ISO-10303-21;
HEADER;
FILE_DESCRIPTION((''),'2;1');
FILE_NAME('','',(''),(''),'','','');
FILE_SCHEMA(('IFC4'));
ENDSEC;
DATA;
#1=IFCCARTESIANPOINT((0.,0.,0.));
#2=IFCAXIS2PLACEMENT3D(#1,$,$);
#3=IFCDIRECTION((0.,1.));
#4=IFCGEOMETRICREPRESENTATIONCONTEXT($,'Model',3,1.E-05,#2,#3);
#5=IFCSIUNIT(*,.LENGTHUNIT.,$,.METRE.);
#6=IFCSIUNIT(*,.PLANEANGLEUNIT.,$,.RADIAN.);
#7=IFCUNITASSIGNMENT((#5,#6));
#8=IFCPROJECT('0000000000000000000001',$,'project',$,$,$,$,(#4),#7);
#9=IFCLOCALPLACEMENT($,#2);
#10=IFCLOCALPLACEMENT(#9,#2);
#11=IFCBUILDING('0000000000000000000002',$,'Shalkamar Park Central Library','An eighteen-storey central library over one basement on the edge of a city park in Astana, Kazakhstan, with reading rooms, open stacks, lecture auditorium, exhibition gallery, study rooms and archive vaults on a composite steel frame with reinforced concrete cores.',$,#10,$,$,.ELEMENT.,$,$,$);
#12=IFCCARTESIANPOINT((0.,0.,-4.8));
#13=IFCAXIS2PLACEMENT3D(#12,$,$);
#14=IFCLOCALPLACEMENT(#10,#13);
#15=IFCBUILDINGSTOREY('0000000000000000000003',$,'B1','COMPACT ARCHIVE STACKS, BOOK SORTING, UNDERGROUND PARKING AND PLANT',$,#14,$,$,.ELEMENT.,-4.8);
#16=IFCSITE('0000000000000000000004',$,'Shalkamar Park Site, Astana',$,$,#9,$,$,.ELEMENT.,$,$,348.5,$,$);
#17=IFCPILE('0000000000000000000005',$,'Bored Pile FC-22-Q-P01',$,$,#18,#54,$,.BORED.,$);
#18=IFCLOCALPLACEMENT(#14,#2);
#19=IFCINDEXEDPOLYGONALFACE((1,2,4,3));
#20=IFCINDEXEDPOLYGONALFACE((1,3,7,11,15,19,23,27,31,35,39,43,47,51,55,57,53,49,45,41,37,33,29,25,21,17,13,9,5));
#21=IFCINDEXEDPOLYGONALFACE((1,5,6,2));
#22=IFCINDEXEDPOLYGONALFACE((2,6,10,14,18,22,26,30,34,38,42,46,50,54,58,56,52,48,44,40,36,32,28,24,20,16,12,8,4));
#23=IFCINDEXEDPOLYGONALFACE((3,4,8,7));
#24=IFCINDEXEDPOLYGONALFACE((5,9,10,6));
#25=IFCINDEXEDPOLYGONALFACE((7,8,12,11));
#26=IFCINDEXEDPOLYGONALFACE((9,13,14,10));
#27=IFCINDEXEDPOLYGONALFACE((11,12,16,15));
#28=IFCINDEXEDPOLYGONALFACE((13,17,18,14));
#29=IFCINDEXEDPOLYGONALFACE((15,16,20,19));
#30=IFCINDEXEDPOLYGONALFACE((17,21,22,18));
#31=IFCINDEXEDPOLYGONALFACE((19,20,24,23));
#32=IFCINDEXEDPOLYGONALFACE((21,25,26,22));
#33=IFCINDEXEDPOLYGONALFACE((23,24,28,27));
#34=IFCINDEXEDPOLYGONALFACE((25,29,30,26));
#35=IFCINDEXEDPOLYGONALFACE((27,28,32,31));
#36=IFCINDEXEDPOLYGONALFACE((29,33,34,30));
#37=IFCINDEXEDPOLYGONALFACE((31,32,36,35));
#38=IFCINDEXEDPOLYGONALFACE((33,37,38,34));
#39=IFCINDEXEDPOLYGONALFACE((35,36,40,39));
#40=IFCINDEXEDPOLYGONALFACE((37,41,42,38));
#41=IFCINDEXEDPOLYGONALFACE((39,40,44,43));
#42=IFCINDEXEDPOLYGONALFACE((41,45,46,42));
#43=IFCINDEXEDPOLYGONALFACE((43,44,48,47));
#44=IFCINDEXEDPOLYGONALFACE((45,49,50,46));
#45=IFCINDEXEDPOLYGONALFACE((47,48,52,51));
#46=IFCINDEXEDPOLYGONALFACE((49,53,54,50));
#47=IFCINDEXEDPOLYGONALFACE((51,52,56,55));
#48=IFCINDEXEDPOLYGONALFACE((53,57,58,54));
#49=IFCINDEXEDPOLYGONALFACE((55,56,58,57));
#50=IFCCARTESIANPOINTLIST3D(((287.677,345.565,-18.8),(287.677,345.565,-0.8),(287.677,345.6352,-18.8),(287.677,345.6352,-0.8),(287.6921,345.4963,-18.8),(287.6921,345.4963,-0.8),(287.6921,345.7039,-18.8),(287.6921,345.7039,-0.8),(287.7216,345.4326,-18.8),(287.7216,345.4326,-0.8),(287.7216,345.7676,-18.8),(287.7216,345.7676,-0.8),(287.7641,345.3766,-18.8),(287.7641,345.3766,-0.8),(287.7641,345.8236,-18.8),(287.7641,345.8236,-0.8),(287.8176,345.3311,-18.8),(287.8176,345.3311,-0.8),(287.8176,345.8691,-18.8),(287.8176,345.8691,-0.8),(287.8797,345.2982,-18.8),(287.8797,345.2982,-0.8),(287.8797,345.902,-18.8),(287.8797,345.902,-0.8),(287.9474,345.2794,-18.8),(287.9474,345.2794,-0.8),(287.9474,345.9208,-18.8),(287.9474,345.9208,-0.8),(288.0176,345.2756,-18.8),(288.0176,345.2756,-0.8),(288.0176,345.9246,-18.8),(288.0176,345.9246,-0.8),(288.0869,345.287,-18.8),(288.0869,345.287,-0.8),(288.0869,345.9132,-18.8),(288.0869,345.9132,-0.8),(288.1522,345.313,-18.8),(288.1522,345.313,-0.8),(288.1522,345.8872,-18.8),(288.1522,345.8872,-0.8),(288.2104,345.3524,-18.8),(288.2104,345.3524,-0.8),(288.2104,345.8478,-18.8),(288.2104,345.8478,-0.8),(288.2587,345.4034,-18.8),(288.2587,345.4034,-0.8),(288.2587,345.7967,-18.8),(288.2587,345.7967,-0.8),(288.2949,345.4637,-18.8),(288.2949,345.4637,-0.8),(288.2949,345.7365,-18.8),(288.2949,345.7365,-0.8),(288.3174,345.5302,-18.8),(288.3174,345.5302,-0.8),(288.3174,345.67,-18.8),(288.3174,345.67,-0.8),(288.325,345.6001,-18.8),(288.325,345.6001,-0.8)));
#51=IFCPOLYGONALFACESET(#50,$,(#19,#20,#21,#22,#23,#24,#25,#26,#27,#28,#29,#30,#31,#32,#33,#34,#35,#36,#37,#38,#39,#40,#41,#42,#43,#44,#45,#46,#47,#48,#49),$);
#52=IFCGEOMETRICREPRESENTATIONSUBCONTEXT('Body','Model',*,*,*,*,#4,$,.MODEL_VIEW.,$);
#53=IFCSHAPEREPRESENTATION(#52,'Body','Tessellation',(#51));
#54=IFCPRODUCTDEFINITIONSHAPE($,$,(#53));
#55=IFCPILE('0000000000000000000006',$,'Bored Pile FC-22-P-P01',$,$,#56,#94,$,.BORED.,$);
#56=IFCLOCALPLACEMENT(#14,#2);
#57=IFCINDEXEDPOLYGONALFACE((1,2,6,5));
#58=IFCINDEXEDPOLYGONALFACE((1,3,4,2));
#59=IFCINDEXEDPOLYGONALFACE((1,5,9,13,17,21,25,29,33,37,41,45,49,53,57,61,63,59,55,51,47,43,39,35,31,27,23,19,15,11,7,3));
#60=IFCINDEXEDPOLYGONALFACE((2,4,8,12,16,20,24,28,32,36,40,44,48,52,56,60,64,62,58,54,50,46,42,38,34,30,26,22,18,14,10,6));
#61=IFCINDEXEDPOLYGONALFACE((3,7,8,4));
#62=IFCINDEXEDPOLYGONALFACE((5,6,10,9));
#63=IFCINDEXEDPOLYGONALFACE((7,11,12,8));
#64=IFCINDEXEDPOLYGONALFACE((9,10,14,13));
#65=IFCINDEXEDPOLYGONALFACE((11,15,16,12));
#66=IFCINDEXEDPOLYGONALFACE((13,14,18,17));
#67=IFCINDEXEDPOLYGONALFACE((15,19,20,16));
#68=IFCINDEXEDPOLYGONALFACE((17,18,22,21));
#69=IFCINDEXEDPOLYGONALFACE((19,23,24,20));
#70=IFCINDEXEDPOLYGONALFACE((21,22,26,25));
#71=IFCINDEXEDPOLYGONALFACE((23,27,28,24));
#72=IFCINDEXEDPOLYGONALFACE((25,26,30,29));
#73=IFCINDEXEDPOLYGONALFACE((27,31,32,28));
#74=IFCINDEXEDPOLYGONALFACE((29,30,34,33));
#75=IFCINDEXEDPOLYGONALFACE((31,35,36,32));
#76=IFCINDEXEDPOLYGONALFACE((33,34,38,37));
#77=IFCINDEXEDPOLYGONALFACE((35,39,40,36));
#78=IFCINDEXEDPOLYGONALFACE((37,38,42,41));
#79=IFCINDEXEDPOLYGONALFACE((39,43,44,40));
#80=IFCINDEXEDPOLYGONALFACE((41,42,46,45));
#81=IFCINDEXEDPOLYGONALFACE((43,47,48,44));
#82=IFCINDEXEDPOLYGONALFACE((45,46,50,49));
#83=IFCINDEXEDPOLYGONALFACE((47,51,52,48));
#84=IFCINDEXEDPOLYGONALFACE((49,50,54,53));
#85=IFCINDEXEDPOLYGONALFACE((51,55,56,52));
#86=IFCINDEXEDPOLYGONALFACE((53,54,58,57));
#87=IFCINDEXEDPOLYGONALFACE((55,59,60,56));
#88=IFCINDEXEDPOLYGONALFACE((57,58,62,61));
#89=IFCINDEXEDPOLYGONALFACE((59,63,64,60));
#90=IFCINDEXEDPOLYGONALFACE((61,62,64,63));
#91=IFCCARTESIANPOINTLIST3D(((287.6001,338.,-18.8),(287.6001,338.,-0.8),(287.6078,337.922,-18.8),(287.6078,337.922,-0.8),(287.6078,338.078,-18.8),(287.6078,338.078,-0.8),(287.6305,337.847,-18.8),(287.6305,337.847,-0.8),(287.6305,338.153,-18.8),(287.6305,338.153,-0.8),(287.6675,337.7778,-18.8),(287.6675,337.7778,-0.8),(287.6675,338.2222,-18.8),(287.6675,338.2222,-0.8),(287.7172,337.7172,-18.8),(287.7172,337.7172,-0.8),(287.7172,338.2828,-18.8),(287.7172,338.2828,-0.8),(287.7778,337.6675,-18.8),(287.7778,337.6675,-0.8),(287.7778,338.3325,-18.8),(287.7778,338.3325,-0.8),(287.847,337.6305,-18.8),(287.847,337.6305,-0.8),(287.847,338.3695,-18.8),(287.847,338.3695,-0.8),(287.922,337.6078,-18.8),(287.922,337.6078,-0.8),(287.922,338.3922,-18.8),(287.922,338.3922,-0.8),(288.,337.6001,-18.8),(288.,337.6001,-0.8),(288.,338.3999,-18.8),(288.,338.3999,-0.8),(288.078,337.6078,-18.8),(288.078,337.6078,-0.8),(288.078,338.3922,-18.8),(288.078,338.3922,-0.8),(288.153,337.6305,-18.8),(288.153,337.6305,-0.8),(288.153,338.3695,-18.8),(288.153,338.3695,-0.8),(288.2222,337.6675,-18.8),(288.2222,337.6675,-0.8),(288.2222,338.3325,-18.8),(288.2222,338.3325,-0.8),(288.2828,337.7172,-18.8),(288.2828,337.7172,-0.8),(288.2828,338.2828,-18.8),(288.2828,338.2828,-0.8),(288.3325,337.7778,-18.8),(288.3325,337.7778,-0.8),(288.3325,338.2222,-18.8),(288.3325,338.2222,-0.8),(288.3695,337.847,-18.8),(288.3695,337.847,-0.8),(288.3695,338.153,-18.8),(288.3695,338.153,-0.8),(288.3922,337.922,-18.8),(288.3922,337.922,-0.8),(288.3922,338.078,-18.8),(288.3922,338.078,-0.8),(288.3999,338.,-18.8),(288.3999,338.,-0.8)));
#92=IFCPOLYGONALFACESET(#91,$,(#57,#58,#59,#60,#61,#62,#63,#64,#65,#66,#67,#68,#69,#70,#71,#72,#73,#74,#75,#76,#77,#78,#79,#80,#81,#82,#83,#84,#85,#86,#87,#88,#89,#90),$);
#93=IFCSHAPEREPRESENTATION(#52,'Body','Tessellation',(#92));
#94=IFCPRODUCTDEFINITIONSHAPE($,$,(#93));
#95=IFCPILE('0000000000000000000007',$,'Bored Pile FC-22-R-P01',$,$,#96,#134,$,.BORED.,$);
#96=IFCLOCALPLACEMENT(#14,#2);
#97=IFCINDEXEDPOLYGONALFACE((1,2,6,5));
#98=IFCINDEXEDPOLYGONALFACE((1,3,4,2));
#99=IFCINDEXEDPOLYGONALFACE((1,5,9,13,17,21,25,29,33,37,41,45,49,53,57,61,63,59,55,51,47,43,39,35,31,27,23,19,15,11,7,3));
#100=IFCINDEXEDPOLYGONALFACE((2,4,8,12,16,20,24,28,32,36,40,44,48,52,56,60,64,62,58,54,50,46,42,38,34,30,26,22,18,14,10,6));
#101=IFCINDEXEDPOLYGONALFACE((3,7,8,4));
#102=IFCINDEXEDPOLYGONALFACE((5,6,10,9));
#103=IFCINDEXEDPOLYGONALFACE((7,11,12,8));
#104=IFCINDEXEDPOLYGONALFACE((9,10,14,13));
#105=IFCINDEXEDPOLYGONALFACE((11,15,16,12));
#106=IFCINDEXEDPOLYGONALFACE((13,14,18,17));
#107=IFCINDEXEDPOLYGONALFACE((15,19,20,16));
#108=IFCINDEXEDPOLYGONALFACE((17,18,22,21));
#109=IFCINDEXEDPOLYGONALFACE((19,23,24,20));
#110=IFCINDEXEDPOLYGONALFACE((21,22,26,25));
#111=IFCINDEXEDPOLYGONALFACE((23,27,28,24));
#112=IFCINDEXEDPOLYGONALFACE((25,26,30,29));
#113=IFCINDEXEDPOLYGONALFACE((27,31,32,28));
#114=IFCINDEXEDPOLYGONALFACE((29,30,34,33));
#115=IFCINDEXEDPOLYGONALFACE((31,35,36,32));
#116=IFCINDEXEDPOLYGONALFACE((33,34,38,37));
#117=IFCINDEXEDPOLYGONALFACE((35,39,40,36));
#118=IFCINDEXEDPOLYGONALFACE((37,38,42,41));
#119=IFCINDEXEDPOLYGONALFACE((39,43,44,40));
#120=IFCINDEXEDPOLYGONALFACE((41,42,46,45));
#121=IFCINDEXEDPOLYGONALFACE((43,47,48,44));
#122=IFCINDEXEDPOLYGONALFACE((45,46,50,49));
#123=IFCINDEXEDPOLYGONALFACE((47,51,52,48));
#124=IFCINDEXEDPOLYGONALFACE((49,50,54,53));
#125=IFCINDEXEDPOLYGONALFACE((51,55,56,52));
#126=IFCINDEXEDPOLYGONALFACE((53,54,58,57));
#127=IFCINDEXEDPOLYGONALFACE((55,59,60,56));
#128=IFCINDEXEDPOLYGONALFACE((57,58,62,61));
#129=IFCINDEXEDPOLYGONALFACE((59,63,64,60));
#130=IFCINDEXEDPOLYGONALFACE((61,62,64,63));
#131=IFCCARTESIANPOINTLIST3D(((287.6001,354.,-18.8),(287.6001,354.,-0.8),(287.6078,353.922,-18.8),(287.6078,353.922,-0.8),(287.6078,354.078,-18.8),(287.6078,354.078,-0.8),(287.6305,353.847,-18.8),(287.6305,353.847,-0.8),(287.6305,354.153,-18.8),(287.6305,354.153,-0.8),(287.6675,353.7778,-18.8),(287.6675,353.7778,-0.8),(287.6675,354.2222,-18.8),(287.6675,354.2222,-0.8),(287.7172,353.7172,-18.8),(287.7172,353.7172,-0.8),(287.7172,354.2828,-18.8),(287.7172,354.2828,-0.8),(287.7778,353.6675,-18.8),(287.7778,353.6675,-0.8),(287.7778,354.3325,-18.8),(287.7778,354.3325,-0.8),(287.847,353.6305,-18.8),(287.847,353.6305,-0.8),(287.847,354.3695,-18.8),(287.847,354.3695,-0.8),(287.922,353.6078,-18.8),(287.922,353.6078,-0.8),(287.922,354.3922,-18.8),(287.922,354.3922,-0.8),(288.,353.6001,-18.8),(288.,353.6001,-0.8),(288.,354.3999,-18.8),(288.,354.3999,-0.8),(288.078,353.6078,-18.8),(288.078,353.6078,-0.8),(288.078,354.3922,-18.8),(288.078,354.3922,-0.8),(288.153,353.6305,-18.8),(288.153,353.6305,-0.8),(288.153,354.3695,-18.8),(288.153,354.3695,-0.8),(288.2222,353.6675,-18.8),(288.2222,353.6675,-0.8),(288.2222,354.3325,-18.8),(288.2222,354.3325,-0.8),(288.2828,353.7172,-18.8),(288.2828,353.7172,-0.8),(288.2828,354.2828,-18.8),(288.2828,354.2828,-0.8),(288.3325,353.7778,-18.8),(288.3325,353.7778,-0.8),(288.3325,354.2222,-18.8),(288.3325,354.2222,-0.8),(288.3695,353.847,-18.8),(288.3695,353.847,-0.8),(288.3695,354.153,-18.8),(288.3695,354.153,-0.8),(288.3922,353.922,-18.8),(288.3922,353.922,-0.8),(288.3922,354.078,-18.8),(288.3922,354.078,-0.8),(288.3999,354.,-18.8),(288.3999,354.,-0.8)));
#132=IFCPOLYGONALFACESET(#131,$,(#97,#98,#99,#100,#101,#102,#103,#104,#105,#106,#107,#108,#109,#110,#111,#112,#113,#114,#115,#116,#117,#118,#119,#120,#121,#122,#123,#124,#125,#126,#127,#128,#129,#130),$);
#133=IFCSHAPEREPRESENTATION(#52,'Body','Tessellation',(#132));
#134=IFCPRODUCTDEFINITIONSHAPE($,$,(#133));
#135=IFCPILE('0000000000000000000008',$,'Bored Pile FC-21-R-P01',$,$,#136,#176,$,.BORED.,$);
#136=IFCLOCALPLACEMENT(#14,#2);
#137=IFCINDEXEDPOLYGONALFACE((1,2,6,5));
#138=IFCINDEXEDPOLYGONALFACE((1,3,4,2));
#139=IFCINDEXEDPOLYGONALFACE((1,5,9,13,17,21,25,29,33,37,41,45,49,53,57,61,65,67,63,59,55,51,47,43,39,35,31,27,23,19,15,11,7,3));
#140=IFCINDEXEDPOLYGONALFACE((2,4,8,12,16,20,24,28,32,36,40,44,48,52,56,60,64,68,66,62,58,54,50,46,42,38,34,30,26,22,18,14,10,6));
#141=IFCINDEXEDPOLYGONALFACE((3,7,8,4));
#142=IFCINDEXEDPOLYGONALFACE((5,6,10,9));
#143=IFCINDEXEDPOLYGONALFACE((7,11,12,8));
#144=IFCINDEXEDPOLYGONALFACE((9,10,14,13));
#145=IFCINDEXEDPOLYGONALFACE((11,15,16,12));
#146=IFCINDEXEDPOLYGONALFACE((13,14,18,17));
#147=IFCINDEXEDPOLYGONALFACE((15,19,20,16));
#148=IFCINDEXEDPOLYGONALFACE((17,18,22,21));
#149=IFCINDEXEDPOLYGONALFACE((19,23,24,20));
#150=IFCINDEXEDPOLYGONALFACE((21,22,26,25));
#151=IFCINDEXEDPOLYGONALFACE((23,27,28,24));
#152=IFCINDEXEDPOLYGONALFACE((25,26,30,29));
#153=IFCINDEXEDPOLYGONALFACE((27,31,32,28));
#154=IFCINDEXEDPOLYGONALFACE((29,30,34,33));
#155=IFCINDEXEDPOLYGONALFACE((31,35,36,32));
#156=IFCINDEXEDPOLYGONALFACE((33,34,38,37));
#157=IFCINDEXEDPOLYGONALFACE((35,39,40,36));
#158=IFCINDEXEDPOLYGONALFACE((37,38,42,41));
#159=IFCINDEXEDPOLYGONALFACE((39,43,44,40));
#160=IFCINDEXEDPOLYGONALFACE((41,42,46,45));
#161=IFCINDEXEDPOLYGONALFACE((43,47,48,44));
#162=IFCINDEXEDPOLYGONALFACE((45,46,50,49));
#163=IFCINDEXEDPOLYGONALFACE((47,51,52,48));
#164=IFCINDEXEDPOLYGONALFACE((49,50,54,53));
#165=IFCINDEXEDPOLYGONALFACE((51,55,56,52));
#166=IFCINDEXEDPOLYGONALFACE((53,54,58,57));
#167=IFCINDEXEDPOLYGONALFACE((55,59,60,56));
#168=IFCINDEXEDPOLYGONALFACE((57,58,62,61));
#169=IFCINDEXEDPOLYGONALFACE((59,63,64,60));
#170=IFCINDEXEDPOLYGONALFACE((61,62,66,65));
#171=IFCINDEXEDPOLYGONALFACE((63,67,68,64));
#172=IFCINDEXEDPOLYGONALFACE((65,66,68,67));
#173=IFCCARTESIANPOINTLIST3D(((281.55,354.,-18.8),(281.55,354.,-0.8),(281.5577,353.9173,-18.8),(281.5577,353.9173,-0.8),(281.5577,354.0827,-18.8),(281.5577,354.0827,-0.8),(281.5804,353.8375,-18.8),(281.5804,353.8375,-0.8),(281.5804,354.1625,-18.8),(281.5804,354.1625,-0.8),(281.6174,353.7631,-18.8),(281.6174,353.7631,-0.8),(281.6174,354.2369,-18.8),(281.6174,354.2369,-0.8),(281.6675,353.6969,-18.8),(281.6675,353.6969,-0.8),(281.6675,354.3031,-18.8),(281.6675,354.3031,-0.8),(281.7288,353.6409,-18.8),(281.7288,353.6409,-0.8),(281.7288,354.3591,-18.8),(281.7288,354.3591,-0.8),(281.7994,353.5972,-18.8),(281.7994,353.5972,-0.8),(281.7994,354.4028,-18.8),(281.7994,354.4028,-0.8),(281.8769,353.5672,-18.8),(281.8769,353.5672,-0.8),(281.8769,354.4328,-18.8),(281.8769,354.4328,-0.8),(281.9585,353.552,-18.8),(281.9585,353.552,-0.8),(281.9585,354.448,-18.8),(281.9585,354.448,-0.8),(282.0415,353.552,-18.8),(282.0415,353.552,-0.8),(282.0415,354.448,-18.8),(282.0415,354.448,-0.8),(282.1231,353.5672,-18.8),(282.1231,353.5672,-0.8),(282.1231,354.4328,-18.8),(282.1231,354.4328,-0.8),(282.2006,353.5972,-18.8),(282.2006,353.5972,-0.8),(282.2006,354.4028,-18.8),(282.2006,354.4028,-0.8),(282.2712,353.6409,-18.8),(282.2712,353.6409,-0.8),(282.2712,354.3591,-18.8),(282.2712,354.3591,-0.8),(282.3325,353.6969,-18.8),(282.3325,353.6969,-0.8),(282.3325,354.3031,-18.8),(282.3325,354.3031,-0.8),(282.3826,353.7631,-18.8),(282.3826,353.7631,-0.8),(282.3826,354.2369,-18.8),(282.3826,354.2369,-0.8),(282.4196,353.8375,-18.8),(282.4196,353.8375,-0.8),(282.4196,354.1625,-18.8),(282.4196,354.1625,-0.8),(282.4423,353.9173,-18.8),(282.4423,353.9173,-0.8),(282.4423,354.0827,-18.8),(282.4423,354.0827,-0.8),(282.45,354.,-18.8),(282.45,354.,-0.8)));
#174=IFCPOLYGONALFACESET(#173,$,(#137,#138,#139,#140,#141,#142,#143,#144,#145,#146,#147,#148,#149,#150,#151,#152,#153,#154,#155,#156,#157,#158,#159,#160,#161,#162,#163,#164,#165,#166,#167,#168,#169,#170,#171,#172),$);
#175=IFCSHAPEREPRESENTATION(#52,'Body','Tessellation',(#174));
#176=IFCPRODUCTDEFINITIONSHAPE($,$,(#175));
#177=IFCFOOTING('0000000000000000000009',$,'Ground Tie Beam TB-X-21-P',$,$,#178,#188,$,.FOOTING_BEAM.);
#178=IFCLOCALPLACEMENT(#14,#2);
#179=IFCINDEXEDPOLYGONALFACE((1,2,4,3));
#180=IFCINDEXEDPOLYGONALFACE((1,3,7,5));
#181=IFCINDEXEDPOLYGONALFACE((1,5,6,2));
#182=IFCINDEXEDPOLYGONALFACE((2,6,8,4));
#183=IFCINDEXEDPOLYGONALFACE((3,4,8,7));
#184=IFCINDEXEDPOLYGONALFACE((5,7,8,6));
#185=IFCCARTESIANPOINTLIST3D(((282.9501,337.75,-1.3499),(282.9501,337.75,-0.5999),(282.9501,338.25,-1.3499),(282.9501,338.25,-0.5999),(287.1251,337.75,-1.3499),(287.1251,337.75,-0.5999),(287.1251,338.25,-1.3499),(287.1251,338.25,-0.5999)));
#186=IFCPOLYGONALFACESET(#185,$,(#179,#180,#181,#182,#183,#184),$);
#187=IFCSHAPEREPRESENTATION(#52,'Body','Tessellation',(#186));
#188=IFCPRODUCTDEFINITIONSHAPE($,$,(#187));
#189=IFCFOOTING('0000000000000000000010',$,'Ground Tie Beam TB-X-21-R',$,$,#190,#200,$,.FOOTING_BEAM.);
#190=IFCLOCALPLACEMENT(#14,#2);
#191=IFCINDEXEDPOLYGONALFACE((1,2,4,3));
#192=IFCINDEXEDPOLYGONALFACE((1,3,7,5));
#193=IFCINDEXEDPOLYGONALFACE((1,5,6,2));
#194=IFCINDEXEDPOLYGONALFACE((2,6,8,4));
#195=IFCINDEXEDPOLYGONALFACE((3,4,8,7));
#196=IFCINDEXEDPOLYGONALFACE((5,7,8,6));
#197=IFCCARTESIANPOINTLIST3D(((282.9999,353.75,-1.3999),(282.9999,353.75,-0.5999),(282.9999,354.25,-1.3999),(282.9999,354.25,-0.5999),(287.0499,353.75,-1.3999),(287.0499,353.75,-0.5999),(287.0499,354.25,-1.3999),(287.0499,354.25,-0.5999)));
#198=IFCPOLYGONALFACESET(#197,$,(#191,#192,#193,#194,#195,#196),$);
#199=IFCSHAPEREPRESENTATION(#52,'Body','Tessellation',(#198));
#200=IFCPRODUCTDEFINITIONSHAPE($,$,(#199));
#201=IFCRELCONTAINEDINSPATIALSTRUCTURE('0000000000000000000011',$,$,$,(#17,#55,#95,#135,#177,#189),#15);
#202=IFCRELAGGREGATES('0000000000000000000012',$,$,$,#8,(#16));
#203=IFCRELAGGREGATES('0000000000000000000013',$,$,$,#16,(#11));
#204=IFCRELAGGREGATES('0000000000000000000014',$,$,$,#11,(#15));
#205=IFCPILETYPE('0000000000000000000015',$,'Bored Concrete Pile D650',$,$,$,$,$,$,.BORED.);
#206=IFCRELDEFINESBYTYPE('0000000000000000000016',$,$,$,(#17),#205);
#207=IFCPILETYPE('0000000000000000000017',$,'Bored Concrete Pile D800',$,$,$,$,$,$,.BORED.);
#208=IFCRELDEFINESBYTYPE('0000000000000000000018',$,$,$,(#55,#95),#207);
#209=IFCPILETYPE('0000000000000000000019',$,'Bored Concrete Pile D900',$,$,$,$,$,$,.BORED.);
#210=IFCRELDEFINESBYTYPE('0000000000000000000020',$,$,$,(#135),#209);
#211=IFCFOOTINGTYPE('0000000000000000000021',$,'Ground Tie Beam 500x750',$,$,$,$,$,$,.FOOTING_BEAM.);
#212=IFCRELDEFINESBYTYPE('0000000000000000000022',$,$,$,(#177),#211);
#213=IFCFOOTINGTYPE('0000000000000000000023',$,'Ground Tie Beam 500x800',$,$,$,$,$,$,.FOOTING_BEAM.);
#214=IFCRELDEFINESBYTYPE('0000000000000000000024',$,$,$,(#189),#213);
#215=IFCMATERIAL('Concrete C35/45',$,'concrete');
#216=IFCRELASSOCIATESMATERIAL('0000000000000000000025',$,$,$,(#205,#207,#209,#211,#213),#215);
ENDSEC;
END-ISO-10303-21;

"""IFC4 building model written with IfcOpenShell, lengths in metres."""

from ifc_helpers import new_model, si_unit, direction, frame, origin, origin_2d, place, context, subcontext, project, spatial, rectangle, circle, extrude, material, material_profile, profile_set, type_object, element, save


model = new_model("IFC4")

# Units and contexts
model_context = context("Model", 3, precision=1e-05, world=origin(), true_north=direction((0.0, 1.0)))
body_context = subcontext(model_context, "Body", "Model", "MODEL_VIEW")
ifc_project = project(units=[si_unit("LENGTHUNIT", "METRE"), si_unit("PLANEANGLEUNIT", "RADIAN")], contexts=[model_context])

# Site, building, storey
site_placement = place(None, origin())
site = spatial("IfcSite", under=ifc_project, at=site_placement, Name="Shalkamar Park Site, Astana", CompositionType="ELEMENT", RefElevation=348.5)
building_placement = place(site_placement, origin())
building = spatial("IfcBuilding", under=site, at=building_placement, Name="Shalkamar Park Central Library", Description="An eighteen-storey central library over one basement on the edge of a city park in Astana, Kazakhstan, with reading rooms, open stacks, lecture auditorium, exhibition gallery, study rooms and archive vaults on a composite steel frame with reinforced concrete cores.", CompositionType="ELEMENT")
storey_placement = place(building_placement, frame((0.0, 0.0, -4.8)))
storey = spatial("IfcBuildingStorey", under=building, at=storey_placement, Name="B1", Description="COMPACT ARCHIVE STACKS, BOOK SORTING, UNDERGROUND PARKING AND PLANT", CompositionType="ELEMENT", Elevation=-4.8)

# Piles
ifc_material_1 = material(Name="Concrete C35/45", Category="concrete")
ifc_material_profile_1 = material_profile(ifc_material_1, circle(Radius=0.325, at=origin_2d()), Name="PILE D650")
ifc_profile_set_1 = profile_set([ifc_material_profile_1], Name="Concrete C35/45")
pile_type_1 = type_object("IfcPileType", Name="Bored Concrete Pile D650", PredefinedType="BORED", material=ifc_profile_set_1)
pile_1_placement = place(storey_placement, frame((288.0, 345.6001, -0.8), z_axis=(0.0, 0.0, -1.0), x_axis=(1.0, 0.0, 0.0)))
element("IfcPile", 1, at=pile_1_placement, inside=storey, type_object=pile_type_1, Name="Bored Pile FC-22-Q-P01", PredefinedType="BORED", context=body_context, shape_type="SweptSolid", body=[
    extrude(circle(Radius=0.325, at=origin_2d()), origin(), (0.0, 0.0, 1.0), 18.0),
])
ifc_material_profile_2 = material_profile(ifc_material_1, circle(Radius=0.3999, at=origin_2d()), Name="PILE D800")
ifc_profile_set_2 = profile_set([ifc_material_profile_2], Name="Concrete C35/45")
pile_type_2 = type_object("IfcPileType", Name="Bored Concrete Pile D800", PredefinedType="BORED", material=ifc_profile_set_2)
for number, where, z_axis, x_axis, name in (
    (2, (288.0, 338.0, -0.8), (0.0, 0.0, -1.0), (1.0, 0.0, 0.0), "Bored Pile FC-22-P-P01"),
    (3, (288.0, 354.0, -0.8), (0.0, 0.0, -1.0), (1.0, 0.0, 0.0), "Bored Pile FC-22-R-P01"),
):
    element("IfcPile", number, at=place(storey_placement, frame(where, z_axis=z_axis, x_axis=x_axis)), inside=storey, type_object=pile_type_2, Name=name, PredefinedType="BORED", context=body_context, shape_type="SweptSolid", body=[
        extrude(circle(Radius=0.3999, at=origin_2d()), origin(), (0.0, 0.0, 1.0), 18.0),
    ])
ifc_material_profile_3 = material_profile(ifc_material_1, circle(Radius=0.45, at=origin_2d()), Name="PILE D900")
ifc_profile_set_3 = profile_set([ifc_material_profile_3], Name="Concrete C35/45")
pile_type_3 = type_object("IfcPileType", Name="Bored Concrete Pile D900", PredefinedType="BORED", material=ifc_profile_set_3)
pile_2_placement = place(storey_placement, frame((282.0, 354.0, -0.8), z_axis=(0.0, 0.0, -1.0), x_axis=(1.0, 0.0, 0.0)))
element("IfcPile", 4, at=pile_2_placement, inside=storey, type_object=pile_type_3, Name="Bored Pile FC-21-R-P01", PredefinedType="BORED", context=body_context, shape_type="SweptSolid", body=[
    extrude(circle(Radius=0.45, at=origin_2d()), origin(), (0.0, 0.0, 1.0), 18.0),
])

# Footings
footing_type_1 = type_object("IfcFootingType", Name="Ground Tie Beam 500x750", PredefinedType="FOOTING_BEAM", material=ifc_material_1)
footing_1_placement = place(storey_placement, frame((285.0376, 338.0, -1.3499), z_axis=(0.0, 0.0, 1.0), x_axis=(1.0, 0.0, 0.0)))
element("IfcFooting", 5, at=footing_1_placement, inside=storey, type_object=footing_type_1, Name="Ground Tie Beam TB-X-21-P", PredefinedType="FOOTING_BEAM", context=body_context, shape_type="SweptSolid", body=[
    extrude(rectangle(XDim=4.175, YDim=0.5, at=origin_2d()), origin(), (0.0, 0.0, 1.0), 0.75),
])
footing_type_2 = type_object("IfcFootingType", Name="Ground Tie Beam 500x800", PredefinedType="FOOTING_BEAM", material=ifc_material_1)
footing_2_placement = place(storey_placement, frame((285.0249, 354.0, -1.3999), z_axis=(0.0, 0.0, 1.0), x_axis=(1.0, 0.0, 0.0)))
element("IfcFooting", 6, at=footing_2_placement, inside=storey, type_object=footing_type_2, Name="Ground Tie Beam TB-X-21-R", PredefinedType="FOOTING_BEAM", context=body_context, shape_type="SweptSolid", body=[
    extrude(rectangle(XDim=4.05, YDim=0.5, at=origin_2d()), origin(), (0.0, 0.0, 1.0), 0.8),
])

save(model, "model.ifc")
